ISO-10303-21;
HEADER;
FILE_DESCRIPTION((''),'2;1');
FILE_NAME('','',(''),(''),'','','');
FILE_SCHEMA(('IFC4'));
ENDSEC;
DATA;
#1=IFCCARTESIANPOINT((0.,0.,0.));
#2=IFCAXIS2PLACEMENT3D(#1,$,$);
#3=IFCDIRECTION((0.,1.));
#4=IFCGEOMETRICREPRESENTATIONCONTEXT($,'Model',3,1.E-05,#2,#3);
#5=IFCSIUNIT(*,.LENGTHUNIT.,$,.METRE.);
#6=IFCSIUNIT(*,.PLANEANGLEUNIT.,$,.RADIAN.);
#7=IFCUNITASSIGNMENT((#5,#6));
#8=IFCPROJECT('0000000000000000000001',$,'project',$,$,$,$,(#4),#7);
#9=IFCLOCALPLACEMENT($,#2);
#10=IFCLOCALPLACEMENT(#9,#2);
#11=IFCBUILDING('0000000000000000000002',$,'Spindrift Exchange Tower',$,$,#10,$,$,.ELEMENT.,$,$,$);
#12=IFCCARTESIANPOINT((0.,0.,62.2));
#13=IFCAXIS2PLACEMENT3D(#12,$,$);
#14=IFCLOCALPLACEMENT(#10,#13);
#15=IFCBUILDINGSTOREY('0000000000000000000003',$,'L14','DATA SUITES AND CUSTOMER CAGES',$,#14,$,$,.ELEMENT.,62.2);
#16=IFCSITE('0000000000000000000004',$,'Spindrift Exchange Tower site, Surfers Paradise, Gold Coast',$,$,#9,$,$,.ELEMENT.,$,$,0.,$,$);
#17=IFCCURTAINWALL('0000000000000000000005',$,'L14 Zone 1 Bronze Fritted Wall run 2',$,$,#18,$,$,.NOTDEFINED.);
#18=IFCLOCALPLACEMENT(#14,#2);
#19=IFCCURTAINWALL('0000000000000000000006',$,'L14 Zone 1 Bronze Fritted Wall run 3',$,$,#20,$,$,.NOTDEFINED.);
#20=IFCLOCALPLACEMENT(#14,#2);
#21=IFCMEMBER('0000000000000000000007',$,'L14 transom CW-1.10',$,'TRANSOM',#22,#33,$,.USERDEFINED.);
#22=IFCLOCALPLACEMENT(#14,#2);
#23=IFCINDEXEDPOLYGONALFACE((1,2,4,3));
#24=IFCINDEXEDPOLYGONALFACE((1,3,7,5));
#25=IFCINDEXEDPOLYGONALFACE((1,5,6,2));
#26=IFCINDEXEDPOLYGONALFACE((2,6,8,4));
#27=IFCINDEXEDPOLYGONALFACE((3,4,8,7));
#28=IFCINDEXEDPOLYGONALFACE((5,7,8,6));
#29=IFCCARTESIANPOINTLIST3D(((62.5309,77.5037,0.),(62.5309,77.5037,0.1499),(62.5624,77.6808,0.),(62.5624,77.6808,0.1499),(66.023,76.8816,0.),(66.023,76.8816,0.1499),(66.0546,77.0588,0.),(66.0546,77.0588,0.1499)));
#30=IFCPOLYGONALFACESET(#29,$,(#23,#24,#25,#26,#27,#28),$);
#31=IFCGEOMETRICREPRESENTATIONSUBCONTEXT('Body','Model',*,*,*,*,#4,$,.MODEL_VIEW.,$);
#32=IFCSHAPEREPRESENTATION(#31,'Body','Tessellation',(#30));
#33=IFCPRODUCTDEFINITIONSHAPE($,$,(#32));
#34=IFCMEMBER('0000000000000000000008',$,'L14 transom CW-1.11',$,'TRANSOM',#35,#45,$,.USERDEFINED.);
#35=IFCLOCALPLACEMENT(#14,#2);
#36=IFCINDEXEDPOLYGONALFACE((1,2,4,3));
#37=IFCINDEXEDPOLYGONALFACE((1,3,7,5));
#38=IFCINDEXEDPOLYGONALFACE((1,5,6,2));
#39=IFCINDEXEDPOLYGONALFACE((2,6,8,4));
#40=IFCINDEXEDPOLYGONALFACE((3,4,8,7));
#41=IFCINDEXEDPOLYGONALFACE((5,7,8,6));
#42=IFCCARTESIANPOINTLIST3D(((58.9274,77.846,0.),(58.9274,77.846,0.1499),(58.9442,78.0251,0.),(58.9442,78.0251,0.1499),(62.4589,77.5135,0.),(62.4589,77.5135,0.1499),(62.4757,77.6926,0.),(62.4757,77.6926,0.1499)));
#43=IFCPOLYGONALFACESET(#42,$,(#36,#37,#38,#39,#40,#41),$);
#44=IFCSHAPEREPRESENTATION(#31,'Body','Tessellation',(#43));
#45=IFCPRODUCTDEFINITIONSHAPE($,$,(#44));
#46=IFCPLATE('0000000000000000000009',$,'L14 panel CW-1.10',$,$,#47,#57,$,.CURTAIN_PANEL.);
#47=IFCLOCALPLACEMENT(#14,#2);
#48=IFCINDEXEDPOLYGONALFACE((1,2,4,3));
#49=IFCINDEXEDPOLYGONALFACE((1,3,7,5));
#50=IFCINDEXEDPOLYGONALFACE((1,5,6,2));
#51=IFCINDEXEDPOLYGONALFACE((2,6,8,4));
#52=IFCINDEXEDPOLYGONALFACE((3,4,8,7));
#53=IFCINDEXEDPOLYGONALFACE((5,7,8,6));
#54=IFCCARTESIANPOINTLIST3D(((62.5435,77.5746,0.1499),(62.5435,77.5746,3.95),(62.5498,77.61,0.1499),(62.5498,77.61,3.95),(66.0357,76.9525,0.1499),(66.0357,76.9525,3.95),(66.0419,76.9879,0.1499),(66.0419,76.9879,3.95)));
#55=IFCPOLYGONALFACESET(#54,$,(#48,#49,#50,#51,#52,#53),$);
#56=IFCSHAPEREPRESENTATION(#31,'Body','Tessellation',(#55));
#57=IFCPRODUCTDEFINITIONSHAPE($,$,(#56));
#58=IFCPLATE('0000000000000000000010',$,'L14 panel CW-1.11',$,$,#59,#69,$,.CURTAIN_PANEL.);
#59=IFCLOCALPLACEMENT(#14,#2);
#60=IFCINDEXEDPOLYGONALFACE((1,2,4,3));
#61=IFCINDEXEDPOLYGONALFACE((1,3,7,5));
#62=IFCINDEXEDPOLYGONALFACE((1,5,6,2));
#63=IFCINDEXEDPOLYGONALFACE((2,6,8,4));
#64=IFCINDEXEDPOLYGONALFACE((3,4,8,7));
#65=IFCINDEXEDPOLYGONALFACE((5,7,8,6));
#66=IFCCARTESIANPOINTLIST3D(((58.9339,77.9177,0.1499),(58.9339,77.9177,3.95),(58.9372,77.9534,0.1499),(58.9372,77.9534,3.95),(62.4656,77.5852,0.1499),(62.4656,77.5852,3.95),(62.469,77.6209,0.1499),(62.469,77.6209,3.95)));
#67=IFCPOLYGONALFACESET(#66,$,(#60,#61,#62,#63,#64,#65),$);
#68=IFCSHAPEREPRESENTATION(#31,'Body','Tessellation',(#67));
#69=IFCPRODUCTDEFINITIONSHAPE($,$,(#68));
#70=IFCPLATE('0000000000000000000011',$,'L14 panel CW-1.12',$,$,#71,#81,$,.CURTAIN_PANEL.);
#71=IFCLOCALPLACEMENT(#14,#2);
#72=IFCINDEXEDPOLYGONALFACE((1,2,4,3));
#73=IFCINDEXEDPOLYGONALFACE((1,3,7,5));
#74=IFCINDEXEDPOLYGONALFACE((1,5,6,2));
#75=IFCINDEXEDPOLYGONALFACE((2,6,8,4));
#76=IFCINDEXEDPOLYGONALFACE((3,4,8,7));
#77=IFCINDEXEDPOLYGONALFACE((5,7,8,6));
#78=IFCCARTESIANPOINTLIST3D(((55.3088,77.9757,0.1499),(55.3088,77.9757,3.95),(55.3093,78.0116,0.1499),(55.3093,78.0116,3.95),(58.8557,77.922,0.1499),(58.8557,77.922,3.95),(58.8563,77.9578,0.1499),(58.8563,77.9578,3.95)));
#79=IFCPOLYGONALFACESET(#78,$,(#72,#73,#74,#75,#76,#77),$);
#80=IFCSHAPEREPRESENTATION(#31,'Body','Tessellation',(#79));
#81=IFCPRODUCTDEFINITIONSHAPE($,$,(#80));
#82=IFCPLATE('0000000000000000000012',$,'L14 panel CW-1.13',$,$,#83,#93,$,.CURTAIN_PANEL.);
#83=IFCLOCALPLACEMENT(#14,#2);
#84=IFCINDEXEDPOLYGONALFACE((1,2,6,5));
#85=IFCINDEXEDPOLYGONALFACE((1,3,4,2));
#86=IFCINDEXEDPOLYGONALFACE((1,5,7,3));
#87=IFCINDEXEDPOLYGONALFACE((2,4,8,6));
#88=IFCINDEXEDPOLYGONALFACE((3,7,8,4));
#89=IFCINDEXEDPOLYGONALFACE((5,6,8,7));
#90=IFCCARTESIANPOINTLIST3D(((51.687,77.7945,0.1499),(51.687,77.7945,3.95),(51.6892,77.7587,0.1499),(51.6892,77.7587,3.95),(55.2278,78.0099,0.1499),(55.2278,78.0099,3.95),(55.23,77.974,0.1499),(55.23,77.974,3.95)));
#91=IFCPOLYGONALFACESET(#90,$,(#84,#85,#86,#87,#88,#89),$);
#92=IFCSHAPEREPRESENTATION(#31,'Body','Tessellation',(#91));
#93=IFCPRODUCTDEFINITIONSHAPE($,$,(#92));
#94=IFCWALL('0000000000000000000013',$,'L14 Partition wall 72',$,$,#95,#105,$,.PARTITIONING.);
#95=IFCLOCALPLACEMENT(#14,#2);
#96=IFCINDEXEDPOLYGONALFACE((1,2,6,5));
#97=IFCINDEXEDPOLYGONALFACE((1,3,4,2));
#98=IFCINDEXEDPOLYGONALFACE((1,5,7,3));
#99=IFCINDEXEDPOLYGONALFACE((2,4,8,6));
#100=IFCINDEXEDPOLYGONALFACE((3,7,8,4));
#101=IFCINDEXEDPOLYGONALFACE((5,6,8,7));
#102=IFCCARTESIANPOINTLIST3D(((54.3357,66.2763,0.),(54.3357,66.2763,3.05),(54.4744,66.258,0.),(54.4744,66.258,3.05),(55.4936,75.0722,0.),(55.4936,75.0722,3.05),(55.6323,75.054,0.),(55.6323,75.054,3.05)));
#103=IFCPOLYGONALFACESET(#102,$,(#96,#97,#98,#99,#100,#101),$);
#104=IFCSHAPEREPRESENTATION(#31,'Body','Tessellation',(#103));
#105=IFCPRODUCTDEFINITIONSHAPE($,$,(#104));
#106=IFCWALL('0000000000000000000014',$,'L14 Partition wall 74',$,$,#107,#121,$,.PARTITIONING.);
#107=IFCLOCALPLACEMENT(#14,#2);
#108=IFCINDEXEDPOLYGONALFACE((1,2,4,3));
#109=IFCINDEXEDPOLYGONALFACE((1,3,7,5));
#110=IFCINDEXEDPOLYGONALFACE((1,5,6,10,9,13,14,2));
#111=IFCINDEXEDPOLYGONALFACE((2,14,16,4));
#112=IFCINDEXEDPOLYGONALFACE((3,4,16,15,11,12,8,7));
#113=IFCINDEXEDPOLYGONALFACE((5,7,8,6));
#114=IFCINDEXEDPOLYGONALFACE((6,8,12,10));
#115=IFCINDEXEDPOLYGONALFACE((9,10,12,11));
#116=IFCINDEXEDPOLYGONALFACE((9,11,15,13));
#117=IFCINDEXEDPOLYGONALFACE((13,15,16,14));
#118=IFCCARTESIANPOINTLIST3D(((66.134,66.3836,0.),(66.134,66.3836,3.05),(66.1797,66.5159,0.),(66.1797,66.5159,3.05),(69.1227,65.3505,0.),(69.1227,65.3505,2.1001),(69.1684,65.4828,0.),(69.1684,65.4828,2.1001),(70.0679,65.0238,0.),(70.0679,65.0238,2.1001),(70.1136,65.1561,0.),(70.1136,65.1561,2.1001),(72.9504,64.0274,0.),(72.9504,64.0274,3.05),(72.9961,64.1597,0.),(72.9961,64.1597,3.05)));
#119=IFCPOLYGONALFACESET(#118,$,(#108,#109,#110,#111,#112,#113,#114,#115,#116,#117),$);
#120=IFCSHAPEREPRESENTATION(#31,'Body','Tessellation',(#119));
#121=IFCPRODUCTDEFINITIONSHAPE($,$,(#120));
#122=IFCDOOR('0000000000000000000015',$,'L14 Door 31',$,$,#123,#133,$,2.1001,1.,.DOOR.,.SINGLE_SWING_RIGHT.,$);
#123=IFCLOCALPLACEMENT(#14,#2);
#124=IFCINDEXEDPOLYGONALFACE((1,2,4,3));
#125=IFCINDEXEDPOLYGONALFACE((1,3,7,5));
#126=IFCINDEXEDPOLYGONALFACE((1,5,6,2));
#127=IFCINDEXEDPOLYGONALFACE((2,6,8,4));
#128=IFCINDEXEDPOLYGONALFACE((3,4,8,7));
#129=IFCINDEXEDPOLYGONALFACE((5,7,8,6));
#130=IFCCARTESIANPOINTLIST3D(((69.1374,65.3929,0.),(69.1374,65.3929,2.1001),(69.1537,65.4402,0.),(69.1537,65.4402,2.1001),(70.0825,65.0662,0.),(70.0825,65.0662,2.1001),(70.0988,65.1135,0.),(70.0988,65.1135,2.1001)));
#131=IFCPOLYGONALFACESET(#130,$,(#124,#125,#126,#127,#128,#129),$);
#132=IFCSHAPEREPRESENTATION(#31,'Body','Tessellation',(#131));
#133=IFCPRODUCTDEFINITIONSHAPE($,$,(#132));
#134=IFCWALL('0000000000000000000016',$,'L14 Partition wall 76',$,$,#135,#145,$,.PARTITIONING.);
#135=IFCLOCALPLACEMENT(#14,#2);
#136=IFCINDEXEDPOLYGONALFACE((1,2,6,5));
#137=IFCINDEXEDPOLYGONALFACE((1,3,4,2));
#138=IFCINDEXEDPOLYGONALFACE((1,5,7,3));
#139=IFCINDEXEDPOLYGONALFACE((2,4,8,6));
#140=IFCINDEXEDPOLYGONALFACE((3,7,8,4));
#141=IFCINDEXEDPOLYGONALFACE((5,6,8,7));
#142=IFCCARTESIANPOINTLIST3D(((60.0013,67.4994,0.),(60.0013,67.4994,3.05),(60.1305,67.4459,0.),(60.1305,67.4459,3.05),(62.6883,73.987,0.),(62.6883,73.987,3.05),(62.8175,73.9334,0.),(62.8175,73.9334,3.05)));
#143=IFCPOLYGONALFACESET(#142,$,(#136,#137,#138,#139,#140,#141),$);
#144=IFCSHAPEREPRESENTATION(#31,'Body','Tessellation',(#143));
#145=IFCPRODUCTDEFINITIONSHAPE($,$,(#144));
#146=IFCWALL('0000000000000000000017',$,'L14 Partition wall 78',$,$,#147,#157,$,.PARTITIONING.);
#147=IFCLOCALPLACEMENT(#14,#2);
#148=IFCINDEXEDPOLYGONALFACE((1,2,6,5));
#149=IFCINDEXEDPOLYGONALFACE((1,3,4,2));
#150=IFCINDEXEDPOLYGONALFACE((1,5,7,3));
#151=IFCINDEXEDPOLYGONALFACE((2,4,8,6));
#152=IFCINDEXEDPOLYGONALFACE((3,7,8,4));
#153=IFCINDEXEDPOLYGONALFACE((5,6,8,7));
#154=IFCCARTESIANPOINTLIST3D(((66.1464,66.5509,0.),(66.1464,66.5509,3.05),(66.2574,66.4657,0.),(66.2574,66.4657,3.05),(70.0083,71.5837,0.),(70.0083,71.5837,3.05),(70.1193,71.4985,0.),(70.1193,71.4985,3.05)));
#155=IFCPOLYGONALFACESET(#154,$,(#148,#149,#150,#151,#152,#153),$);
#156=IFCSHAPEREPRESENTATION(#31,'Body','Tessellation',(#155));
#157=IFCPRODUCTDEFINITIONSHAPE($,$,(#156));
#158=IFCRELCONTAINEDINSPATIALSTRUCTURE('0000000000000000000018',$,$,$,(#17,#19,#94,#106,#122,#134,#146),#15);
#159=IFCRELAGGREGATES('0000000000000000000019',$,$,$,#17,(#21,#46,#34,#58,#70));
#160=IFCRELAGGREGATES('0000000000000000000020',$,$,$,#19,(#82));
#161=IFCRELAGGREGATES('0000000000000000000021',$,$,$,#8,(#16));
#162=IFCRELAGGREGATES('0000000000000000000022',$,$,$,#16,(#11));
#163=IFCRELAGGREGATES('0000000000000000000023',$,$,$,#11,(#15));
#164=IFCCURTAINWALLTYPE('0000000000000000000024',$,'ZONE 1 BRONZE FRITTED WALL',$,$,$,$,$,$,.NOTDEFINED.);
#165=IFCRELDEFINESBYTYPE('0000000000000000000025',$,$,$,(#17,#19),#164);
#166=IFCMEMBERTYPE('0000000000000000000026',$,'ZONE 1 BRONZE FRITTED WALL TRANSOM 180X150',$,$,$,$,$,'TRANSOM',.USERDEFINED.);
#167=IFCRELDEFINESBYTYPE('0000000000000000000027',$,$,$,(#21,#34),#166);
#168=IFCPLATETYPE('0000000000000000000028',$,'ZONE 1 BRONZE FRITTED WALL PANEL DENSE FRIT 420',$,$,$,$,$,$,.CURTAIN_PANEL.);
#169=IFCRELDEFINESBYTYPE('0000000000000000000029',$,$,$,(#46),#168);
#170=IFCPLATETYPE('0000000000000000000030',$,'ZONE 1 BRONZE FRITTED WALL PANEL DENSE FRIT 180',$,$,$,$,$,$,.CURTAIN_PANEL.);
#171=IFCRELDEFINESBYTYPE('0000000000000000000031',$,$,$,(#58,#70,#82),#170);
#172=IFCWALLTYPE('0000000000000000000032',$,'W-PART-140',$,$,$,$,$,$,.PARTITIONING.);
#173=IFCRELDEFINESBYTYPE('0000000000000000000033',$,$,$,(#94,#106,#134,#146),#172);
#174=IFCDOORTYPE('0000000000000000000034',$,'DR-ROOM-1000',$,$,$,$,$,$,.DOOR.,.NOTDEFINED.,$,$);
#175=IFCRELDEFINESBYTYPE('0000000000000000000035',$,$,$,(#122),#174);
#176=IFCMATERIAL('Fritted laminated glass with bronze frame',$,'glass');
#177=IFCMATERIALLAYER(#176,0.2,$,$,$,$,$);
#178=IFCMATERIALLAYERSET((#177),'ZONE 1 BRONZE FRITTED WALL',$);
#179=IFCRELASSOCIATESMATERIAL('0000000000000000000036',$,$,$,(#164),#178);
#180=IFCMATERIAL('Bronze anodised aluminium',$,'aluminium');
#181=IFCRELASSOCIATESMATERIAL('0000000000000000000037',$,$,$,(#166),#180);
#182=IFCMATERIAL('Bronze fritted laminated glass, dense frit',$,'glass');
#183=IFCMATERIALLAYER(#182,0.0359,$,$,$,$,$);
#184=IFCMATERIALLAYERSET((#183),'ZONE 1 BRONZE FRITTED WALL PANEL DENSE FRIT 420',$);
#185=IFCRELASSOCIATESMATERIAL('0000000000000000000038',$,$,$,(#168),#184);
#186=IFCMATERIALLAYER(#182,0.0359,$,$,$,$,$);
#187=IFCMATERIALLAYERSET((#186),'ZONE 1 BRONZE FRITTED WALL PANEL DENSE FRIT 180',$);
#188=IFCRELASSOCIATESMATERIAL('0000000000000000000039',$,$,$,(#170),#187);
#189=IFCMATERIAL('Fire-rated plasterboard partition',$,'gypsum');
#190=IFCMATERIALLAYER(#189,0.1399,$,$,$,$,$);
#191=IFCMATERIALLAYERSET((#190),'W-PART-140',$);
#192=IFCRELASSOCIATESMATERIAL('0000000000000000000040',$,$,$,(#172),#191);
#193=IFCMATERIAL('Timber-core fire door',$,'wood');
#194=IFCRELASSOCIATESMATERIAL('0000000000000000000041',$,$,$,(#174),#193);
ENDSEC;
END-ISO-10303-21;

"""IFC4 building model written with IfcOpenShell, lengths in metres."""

from ifc_helpers import new_model, si_unit, direction, frame, frame_2d, origin, origin_2d, place, context, subcontext, project, spatial, rectangle, extrude, source, transform, mapped, material, layer, layer_set, material_profile, profile_set, type_object, element, fill, aggregate, save


model = new_model("IFC4")

# Units and contexts
model_context = context("Model", 3, precision=1e-05, world=origin(), true_north=direction((0.0, 1.0)))
body_context = subcontext(model_context, "Body", "Model", "MODEL_VIEW")
ifc_project = project(units=[si_unit("LENGTHUNIT", "METRE"), si_unit("PLANEANGLEUNIT", "RADIAN")], contexts=[model_context])

# Site, building, storey
site_placement = place(None, origin())
site = spatial("IfcSite", under=ifc_project, at=site_placement, Name="Spindrift Exchange Tower site, Surfers Paradise, Gold Coast", CompositionType="ELEMENT", RefElevation=0.0)
building_placement = place(site_placement, origin())
building = spatial("IfcBuilding", under=site, at=building_placement, Name="Spindrift Exchange Tower", CompositionType="ELEMENT")
storey_placement = place(building_placement, frame((0.0, 0.0, 62.2)))
storey = spatial("IfcBuildingStorey", under=building, at=storey_placement, Name="L14", Description="DATA SUITES AND CUSTOMER CAGES", CompositionType="ELEMENT", Elevation=62.2)

# Curtain wall
ifc_material_1 = material(Name="Fritted laminated glass with bronze frame", Category="glass")
ifc_layer_1 = layer(ifc_material_1, 0.2)
ifc_layer_set_1 = layer_set([ifc_layer_1], Name="ZONE 1 BRONZE FRITTED WALL")
curtain_wall_type = type_object("IfcCurtainWallType", Name="ZONE 1 BRONZE FRITTED WALL", PredefinedType="NOTDEFINED", material=ifc_layer_set_1)
curtain_wall_1_placement = place(storey_placement, origin())
curtain_wall_1 = element("IfcCurtainWall", 1, at=curtain_wall_1_placement, inside=storey, type_object=curtain_wall_type, Name="L14 Zone 1 Bronze Fritted Wall run 2", PredefinedType="NOTDEFINED")
ifc_material_2 = material(Name="Bronze anodised aluminium", Category="aluminium")

# Curtain wall
curtain_wall_2_placement = place(storey_placement, origin())
curtain_wall_2 = element("IfcCurtainWall", 2, at=curtain_wall_2_placement, inside=storey, type_object=curtain_wall_type, Name="L14 Zone 1 Bronze Fritted Wall run 3", PredefinedType="NOTDEFINED")

# Members
ifc_material_profile_1 = material_profile(ifc_material_2, rectangle(XDim=0.1799, YDim=0.1499, at=origin_2d()), Name="ZONE 1 BRONZE FRITTED WALL TRANSOM 180X150")
ifc_profile_set_1 = profile_set([ifc_material_profile_1], Name="Bronze anodised aluminium")
member_type_1 = type_object("IfcMemberType", Name="ZONE 1 BRONZE FRITTED WALL TRANSOM 180X150", ElementType="TRANSOM", PredefinedType="USERDEFINED", material=ifc_profile_set_1)
shared_shape_1 = source(origin(), body_context, "Body", "SweptSolid", [
    extrude(rectangle(XDim=0.1799, YDim=0.1499, at=origin_2d()), origin(), (0.0, 0.0, 1.0), 3.5471),
])
member_1_placement = place(storey_placement, frame((66.0388, 76.9702, 0.075), z_axis=(-0.984502, 0.175371, 0.0), x_axis=(-0.175371, -0.984502, 0.0)))
member_1 = element("IfcMember", 3, at=member_1_placement, type_object=member_type_1, Name="L14 transom CW-1.10", ObjectType="TRANSOM", PredefinedType="USERDEFINED", context=body_context, shape_type="MappedRepresentation", body=[
    mapped(shared_shape_1, transform((0.0, 0.0, 0.0), scale=1.0)),
])
member_2_placement = place(storey_placement, frame((62.4673, 77.603, 0.075), z_axis=(-0.995596, 0.093744, 0.0), x_axis=(-0.093744, -0.995596, 0.0)))
member_2 = element("IfcMember", 4, at=member_2_placement, type_object=member_type_1, Name="L14 transom CW-1.11", ObjectType="TRANSOM", PredefinedType="USERDEFINED", context=body_context, shape_type="MappedRepresentation", body=[
    mapped(shared_shape_1, transform((0.0, 0.0, 0.0), scale=1.0)),
])

# Plates
ifc_material_3 = material(Name="Bronze fritted laminated glass, dense frit", Category="glass")
ifc_layer_2 = layer(ifc_material_3, 0.0359)
ifc_layer_set_2 = layer_set([ifc_layer_2], Name="ZONE 1 BRONZE FRITTED WALL PANEL DENSE FRIT 420")
plate_type_1 = type_object("IfcPlateType", Name="ZONE 1 BRONZE FRITTED WALL PANEL DENSE FRIT 420", PredefinedType="CURTAIN_PANEL", material=ifc_layer_set_2)
shared_shape_2 = source(origin(), body_context, "Body", "SweptSolid", [
    extrude(rectangle(XDim=3.5471, YDim=0.0359, at=origin_2d()), origin(), (0.0, 0.0, 1.0), 3.8),
])
plate_1_placement = place(storey_placement, frame((64.2927, 77.2812, 0.1499), z_axis=(0.0, 0.0, 1.0), x_axis=(-0.984502, 0.175374, 0.0)))
plate_1 = element("IfcPlate", 5, at=plate_1_placement, type_object=plate_type_1, Name="L14 panel CW-1.10", PredefinedType="CURTAIN_PANEL", context=body_context, shape_type="MappedRepresentation", body=[
    mapped(shared_shape_2, transform((0.0, 0.0, 0.0), scale=1.0)),
])
ifc_layer_3 = layer(ifc_material_3, 0.0359)
ifc_layer_set_3 = layer_set([ifc_layer_3], Name="ZONE 1 BRONZE FRITTED WALL PANEL DENSE FRIT 180")
plate_type_2 = type_object("IfcPlateType", Name="ZONE 1 BRONZE FRITTED WALL PANEL DENSE FRIT 180", PredefinedType="CURTAIN_PANEL", material=ifc_layer_set_3)
shared_shape_3 = source(origin(), body_context, "Body", "SweptSolid", [
    extrude(rectangle(XDim=3.5474, YDim=0.0359, at=origin_2d()), origin(), (0.0, 0.0, 1.0), 3.8),
])
plate_2_placement = place(storey_placement, frame((60.7014, 77.7693, 0.1499), z_axis=(0.0, 0.0, 1.0), x_axis=(-0.995597, 0.093735, 0.0)))
plate_2 = element("IfcPlate", 6, at=plate_2_placement, type_object=plate_type_2, Name="L14 panel CW-1.11", PredefinedType="CURTAIN_PANEL", context=body_context, shape_type="MappedRepresentation", body=[
    mapped(shared_shape_3, transform((0.0, 0.0, 0.0), scale=1.0)),
])
plate_3_placement = place(storey_placement, frame((57.0825, 77.9668, 0.1499), z_axis=(0.0, 0.0, 1.0), x_axis=(-0.999885, 0.015163, 0.0)))
plate_3 = element("IfcPlate", 7, at=plate_3_placement, type_object=plate_type_2, Name="L14 panel CW-1.12", PredefinedType="CURTAIN_PANEL", context=body_context, shape_type="MappedRepresentation", body=[
    mapped(shared_shape_3, transform((0.0, 0.0, 0.0), scale=1.0)),
])
aggregate(curtain_wall_1, [member_1, plate_1, member_2, plate_2, plate_3])
plate_4_placement = place(storey_placement, frame((53.4585, 77.8843, 0.1499), z_axis=(0.0, 0.0, 1.0), x_axis=(-0.998156, -0.060705, 0.0)))
plate_4 = element("IfcPlate", 8, at=plate_4_placement, type_object=plate_type_2, Name="L14 panel CW-1.13", PredefinedType="CURTAIN_PANEL", context=body_context, shape_type="MappedRepresentation", body=[
    mapped(shared_shape_3, transform((0.0, 0.0, 0.0), scale=1.0)),
])
aggregate(curtain_wall_2, [plate_4])

# Wall
ifc_material_4 = material(Name="Fire-rated plasterboard partition", Category="gypsum")
ifc_layer_4 = layer(ifc_material_4, 0.1399)
ifc_layer_set_4 = layer_set([ifc_layer_4], Name="W-PART-140")
wall_type = type_object("IfcWallType", Name="W-PART-140", PredefinedType="PARTITIONING", material=ifc_layer_set_4)
wall_1_placement = place(storey_placement, frame((55.563, 75.0632, 0.0), z_axis=(0.0, 0.0, 1.0), x_axis=(-0.130521, -0.991445, 0.0)))
element("IfcWall", 9, at=wall_1_placement, inside=storey, type_object=wall_type, Name="L14 Partition wall 72", PredefinedType="PARTITIONING", context=body_context, shape_type="SweptSolid", body=[
    extrude(rectangle(XDim=8.8718, YDim=0.1399, at=frame_2d((4.436, 0.0))), origin(), (0.0, 0.0, 1.0), 3.05),
])

# Wall, opening, door
wall_2_placement = place(storey_placement, frame((66.157, 66.4497, 0.0), z_axis=(0.0, 0.0, 1.0), x_axis=(0.945128, -0.326699, 0.0)))
wall_2 = element("IfcWall", 10, at=wall_2_placement, inside=storey, type_object=wall_type, Name="L14 Partition wall 74", PredefinedType="PARTITIONING", context=body_context, shape_type="SweptSolid", body=[
    extrude(rectangle(XDim=7.2122, YDim=0.1399, at=frame_2d((3.606, 0.0))), origin(), (0.0, 0.0, 1.0), 3.05),
])
opening_1_placement = place(wall_2_placement, frame((3.1621, 0.0, 0.0)))
opening_1 = element("IfcOpeningElement", 11, at=opening_1_placement, cuts=wall_2, PredefinedType="OPENING", context=body_context, shape_type="SweptSolid", body=[
    extrude(rectangle(XDim=1.0, YDim=2.1001, at=frame_2d((0.5, 1.05))), frame((0.0, 0.0798, 0.0), z_axis=(0.0, -1.0, 0.0), x_axis=(1.0, 0.0, 0.0)), (0.0, 0.0, 1.0), 0.1599),
])
ifc_material_5 = material(Name="Timber-core fire door", Category="wood")
door_type = type_object("IfcDoorType", Name="DR-ROOM-1000", OperationType="NOTDEFINED", PredefinedType="DOOR", material=ifc_material_5)
shared_shape_4 = source(origin(), body_context, "Body", "SweptSolid", [
    extrude(rectangle(XDim=1.0, YDim=2.1001, at=frame_2d((0.5, 1.05))), frame((0.0, 0.0249, 0.0), z_axis=(0.0, -1.0, 0.0), x_axis=(1.0, 0.0, 0.0)), (0.0, 0.0, 1.0), 0.05),
])
door_1_placement = place(opening_1_placement, origin())
door_1 = element("IfcDoor", 12, at=door_1_placement, inside=storey, type_object=door_type, Name="L14 Door 31", OperationType="SINGLE_SWING_RIGHT", OverallHeight=2.1001, OverallWidth=1.0, PredefinedType="DOOR", context=body_context, shape_type="MappedRepresentation", body=[
    mapped(shared_shape_4, transform((0.0, 0.0, 0.0), scale=1.0)),
])
fill(opening_1, door_1)

# Walls
wall_3_placement = place(storey_placement, frame((60.0659, 67.4727, 0.0), z_axis=(0.0, 0.0, 1.0), x_axis=(0.382657, 0.923891, 0.0)))
element("IfcWall", 13, at=wall_3_placement, inside=storey, type_object=wall_type, Name="L14 Partition wall 76", PredefinedType="PARTITIONING", context=body_context, shape_type="SweptSolid", body=[
    extrude(rectangle(XDim=7.022, YDim=0.1399, at=frame_2d((3.511, 0.0))), origin(), (0.0, 0.0, 1.0), 3.05),
])
wall_4_placement = place(storey_placement, frame((66.2019, 66.5083, 0.0), z_axis=(0.0, 0.0, 1.0), x_axis=(0.608769, 0.793347, 0.0)))
element("IfcWall", 14, at=wall_4_placement, inside=storey, type_object=wall_type, Name="L14 Partition wall 78", PredefinedType="PARTITIONING", context=body_context, shape_type="SweptSolid", body=[
    extrude(rectangle(XDim=6.3438, YDim=0.1399, at=frame_2d((3.1719, 0.0))), origin(), (0.0, 0.0, 1.0), 3.05),
])

save(model, "model.ifc")
